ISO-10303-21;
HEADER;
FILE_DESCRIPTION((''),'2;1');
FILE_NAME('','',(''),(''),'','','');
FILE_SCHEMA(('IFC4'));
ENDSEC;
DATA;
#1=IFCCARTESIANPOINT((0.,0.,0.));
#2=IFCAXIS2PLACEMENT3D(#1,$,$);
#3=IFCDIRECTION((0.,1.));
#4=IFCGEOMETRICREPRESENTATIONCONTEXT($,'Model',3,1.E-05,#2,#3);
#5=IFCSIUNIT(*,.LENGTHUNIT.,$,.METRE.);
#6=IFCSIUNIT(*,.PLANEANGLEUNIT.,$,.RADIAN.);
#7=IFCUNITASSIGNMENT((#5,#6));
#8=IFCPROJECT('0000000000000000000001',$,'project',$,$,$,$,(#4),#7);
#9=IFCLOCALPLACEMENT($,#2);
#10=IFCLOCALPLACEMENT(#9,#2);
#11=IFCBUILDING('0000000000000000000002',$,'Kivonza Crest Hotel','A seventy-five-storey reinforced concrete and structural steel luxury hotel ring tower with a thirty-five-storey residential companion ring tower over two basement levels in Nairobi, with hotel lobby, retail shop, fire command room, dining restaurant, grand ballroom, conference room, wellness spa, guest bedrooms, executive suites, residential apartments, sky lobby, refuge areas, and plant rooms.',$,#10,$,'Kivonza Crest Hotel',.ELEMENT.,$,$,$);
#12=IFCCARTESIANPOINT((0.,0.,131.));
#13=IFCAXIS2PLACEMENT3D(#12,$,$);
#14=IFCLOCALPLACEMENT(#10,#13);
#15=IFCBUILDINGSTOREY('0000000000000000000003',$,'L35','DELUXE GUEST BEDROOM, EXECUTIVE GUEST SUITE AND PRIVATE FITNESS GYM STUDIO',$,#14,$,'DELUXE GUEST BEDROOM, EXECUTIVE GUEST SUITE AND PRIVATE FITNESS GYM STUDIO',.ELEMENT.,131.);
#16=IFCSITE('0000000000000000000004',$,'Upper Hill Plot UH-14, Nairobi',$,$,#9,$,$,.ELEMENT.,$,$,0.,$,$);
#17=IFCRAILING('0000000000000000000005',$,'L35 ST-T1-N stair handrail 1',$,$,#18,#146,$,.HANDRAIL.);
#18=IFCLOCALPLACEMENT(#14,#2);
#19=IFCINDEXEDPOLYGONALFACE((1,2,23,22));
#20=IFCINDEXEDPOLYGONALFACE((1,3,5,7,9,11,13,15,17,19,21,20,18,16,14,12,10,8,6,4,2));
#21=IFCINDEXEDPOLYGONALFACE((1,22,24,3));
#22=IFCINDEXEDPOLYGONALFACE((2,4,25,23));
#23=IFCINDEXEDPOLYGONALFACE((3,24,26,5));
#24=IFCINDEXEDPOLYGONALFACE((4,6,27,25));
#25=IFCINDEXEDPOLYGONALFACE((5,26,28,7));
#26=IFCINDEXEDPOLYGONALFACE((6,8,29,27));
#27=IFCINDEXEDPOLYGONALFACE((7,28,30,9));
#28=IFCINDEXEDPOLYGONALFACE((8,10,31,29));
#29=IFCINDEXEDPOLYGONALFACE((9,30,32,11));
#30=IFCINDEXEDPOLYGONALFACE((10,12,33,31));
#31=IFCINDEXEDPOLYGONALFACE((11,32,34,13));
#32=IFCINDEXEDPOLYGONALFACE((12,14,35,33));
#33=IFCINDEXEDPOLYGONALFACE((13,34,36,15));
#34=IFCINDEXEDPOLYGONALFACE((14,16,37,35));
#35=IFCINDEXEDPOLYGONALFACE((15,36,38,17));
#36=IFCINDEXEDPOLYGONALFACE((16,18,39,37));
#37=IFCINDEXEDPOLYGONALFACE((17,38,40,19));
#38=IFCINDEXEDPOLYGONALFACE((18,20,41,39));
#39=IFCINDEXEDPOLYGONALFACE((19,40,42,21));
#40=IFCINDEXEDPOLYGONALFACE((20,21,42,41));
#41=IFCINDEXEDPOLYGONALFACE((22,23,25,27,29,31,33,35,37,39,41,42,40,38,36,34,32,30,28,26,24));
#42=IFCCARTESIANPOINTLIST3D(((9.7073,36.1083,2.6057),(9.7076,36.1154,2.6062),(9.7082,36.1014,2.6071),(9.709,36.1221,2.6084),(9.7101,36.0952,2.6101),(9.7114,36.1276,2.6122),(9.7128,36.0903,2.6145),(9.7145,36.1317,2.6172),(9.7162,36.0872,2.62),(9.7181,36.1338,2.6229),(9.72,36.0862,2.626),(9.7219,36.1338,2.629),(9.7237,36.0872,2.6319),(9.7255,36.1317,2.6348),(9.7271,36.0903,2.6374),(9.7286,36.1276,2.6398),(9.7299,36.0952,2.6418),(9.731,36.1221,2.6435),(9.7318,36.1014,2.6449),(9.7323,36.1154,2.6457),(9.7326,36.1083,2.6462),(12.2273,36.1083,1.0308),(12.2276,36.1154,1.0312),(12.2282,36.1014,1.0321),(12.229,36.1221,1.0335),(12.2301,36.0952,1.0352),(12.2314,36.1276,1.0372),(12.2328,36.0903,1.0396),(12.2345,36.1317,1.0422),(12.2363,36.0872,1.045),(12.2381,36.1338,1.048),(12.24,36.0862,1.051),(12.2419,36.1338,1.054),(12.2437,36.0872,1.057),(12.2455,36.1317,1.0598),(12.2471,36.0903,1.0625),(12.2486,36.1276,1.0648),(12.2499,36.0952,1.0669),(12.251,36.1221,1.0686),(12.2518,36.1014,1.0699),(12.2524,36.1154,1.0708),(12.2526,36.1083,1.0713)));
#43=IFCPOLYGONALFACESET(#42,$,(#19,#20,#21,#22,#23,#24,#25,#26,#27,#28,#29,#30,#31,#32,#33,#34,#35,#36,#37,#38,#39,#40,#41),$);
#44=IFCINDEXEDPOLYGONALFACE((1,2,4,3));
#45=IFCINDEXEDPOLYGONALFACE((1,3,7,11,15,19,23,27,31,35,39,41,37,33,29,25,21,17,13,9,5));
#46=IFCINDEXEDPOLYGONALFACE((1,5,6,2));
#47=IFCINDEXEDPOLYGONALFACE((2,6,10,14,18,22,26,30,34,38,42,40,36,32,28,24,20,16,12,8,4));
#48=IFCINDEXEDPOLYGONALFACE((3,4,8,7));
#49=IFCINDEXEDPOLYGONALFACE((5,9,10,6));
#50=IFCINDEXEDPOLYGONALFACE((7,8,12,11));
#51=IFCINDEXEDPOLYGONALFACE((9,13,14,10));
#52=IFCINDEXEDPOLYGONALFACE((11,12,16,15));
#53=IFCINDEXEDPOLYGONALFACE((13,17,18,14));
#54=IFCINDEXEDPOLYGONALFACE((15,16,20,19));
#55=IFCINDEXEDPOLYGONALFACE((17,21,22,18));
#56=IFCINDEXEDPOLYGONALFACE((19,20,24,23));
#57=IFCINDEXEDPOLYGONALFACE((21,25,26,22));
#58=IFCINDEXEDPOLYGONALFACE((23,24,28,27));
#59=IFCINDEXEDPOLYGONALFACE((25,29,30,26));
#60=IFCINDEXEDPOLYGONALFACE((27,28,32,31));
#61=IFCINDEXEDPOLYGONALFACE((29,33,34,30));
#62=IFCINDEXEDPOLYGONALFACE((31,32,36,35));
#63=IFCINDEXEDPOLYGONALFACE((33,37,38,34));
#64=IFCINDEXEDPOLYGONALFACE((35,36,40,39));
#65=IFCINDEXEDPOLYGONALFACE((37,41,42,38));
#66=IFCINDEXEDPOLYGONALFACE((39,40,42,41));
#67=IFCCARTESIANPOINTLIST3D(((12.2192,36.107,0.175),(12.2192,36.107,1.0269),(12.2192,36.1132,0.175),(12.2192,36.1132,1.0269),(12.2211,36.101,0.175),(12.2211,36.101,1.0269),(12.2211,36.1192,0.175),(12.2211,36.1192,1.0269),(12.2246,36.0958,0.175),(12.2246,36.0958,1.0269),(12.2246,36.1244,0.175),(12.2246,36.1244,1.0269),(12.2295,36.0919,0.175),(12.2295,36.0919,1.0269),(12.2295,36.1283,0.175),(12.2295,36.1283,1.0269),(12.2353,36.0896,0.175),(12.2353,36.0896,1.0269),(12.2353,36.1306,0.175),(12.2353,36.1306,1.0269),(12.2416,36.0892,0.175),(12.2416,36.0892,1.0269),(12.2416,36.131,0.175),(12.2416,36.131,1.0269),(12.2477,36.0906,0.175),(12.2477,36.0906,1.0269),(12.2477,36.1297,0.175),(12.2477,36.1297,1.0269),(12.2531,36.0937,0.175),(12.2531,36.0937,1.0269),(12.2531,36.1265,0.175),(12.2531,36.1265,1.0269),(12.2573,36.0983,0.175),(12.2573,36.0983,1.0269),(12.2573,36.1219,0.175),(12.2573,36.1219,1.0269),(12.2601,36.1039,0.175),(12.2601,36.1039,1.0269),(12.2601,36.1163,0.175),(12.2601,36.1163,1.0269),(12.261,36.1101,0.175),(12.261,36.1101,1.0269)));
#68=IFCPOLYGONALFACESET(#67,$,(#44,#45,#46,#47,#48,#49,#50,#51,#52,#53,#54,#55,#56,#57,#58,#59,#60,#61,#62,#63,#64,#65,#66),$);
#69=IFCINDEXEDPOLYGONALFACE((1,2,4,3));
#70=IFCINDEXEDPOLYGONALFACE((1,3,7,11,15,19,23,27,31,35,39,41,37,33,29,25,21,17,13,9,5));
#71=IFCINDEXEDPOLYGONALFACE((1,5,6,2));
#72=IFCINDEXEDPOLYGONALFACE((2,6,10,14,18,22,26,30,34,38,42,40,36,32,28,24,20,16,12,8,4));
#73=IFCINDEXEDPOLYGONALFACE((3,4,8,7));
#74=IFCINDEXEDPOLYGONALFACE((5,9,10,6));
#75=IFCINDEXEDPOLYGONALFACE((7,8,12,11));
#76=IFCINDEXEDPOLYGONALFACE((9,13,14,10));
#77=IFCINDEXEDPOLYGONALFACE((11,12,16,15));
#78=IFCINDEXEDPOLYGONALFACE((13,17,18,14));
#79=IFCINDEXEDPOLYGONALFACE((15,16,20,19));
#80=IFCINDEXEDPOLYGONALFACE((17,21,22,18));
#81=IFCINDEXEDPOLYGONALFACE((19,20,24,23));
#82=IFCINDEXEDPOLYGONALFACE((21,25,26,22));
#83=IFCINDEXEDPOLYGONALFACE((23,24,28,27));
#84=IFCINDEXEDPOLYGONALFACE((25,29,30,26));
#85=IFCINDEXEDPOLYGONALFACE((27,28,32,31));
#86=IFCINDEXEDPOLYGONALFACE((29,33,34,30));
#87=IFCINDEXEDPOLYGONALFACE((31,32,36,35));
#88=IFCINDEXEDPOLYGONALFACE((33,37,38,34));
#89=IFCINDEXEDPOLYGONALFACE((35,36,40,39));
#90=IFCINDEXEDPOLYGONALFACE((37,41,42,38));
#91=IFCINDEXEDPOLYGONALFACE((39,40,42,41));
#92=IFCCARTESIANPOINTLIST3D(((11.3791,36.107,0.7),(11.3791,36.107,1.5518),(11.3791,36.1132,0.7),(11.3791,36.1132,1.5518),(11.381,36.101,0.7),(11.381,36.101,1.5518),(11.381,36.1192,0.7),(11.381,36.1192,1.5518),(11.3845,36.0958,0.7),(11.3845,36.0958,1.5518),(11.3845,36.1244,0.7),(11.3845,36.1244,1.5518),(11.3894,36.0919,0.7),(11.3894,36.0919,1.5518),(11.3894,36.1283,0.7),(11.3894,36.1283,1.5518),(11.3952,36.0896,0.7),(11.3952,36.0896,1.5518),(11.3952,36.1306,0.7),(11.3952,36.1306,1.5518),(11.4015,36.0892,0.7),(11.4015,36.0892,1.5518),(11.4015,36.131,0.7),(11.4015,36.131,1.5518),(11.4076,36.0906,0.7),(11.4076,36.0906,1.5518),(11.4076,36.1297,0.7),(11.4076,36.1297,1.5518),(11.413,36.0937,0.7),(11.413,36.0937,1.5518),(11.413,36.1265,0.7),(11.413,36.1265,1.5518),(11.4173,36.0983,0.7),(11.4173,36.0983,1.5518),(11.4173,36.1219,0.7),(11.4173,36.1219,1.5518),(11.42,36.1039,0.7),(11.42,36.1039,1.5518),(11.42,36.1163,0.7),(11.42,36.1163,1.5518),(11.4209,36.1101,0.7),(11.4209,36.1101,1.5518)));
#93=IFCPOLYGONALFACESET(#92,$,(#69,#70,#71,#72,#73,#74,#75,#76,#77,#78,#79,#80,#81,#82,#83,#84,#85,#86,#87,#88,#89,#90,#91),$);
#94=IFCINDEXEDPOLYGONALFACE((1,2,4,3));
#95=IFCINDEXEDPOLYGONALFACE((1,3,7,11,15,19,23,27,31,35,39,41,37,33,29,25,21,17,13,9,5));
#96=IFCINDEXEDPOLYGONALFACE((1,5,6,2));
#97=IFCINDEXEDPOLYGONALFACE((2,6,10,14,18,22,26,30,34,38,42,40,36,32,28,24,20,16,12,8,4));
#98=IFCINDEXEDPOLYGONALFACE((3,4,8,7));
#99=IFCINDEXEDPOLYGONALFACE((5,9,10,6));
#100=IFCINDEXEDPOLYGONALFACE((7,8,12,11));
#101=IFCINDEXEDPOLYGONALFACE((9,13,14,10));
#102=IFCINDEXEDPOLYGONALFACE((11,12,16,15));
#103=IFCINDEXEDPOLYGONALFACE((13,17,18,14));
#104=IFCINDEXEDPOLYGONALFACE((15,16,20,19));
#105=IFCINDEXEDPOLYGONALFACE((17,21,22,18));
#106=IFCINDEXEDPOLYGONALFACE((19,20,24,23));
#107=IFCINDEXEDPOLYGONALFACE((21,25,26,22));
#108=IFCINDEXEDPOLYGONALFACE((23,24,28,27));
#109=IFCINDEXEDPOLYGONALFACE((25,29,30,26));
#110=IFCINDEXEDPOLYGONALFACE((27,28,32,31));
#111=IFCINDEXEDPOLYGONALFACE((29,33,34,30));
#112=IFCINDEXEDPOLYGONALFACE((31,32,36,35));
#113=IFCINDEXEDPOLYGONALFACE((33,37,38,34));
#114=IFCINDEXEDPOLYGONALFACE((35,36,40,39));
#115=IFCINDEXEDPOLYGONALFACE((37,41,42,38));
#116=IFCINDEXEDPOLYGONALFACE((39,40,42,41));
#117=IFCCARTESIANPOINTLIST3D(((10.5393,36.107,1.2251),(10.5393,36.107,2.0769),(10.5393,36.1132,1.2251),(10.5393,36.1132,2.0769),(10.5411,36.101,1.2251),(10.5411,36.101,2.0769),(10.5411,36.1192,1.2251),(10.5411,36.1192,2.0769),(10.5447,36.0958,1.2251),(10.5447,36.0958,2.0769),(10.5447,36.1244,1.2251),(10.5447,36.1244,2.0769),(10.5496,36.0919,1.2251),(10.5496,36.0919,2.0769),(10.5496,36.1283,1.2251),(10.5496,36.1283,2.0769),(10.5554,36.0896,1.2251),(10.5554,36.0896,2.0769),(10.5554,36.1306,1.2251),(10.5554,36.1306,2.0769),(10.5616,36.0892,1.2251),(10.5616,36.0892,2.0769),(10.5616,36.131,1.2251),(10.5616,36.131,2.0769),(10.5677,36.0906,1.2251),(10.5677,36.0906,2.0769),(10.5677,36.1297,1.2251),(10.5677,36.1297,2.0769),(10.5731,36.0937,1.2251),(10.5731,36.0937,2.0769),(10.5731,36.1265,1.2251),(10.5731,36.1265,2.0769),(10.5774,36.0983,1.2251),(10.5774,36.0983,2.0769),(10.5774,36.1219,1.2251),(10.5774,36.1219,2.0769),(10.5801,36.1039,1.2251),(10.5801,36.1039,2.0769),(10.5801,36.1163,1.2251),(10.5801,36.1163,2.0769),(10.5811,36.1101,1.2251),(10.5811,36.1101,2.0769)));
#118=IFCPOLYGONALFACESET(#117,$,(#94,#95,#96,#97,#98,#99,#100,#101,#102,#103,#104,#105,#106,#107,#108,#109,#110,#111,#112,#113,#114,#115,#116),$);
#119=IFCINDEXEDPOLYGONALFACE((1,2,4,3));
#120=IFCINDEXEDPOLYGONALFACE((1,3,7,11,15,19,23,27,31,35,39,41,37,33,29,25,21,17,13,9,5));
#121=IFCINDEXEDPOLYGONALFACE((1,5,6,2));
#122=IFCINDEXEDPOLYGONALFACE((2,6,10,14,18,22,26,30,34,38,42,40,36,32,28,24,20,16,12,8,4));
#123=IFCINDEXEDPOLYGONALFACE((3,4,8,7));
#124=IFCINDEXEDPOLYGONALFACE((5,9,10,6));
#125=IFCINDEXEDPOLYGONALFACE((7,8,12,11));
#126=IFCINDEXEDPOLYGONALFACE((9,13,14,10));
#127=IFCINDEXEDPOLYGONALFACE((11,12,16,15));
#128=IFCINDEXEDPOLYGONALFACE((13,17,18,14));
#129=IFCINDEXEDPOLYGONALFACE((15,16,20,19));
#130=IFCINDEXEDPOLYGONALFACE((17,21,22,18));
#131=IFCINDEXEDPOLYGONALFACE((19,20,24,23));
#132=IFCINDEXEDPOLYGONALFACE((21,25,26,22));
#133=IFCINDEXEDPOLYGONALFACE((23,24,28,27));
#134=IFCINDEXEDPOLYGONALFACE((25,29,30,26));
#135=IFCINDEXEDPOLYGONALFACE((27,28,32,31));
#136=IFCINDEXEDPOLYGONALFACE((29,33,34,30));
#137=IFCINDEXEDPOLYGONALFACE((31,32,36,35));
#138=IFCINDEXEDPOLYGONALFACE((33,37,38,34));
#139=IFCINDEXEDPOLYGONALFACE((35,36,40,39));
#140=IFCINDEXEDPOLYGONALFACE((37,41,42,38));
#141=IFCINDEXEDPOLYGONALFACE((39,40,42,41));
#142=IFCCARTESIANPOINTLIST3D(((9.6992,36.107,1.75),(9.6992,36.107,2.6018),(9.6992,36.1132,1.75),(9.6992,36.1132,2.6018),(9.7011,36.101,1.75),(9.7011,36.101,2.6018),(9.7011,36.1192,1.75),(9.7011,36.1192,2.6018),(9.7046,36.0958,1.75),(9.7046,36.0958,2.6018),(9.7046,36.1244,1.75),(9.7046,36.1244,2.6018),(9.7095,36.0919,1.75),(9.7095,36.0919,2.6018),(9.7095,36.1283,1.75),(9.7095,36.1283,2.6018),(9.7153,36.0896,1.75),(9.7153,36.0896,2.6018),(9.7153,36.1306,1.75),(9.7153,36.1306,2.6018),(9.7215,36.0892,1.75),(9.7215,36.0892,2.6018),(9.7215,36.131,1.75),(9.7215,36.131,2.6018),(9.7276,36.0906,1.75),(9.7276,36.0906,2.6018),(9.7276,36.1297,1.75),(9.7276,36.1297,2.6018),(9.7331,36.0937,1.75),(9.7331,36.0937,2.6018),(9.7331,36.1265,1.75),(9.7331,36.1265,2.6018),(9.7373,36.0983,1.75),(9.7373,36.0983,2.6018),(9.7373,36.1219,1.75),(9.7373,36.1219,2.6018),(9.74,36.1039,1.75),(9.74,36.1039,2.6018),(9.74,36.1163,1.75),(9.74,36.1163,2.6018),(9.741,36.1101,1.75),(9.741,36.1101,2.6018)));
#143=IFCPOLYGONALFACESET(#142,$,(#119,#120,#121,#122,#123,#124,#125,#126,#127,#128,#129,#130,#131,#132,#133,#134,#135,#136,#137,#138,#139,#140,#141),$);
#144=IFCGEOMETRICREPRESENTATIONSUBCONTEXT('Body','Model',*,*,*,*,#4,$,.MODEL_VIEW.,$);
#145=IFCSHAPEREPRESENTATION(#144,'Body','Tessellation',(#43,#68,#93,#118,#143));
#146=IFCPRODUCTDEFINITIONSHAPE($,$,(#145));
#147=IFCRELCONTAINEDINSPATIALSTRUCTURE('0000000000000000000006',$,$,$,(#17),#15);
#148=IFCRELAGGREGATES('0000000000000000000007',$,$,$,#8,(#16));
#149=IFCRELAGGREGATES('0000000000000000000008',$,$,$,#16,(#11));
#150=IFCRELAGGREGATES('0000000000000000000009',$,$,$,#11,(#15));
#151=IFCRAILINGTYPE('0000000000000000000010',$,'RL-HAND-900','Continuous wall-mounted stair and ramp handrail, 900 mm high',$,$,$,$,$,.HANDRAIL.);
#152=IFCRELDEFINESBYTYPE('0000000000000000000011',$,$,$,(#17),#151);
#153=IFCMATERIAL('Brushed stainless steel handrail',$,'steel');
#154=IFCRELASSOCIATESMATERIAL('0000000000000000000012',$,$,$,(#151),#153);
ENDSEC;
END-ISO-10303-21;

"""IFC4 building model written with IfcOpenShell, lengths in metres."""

from ifc_helpers import new_model, si_unit, direction, frame, origin, origin_2d, place, context, subcontext, project, spatial, circle, extrude, material, type_object, element, save


model = new_model("IFC4")

# Units and contexts
model_context = context("Model", 3, precision=1e-05, world=origin(), true_north=direction((0.0, 1.0)))
body_context = subcontext(model_context, "Body", "Model", "MODEL_VIEW")
ifc_project = project(units=[si_unit("LENGTHUNIT", "METRE"), si_unit("PLANEANGLEUNIT", "RADIAN")], contexts=[model_context])

# Site, building, storey
site_placement = place(None, origin())
site = spatial("IfcSite", under=ifc_project, at=site_placement, Name="Upper Hill Plot UH-14, Nairobi", CompositionType="ELEMENT", RefElevation=0.0)
building_placement = place(site_placement, origin())
building = spatial("IfcBuilding", under=site, at=building_placement, Name="Kivonza Crest Hotel", Description="A seventy-five-storey reinforced concrete and structural steel luxury hotel ring tower with a thirty-five-storey residential companion ring tower over two basement levels in Nairobi, with hotel lobby, retail shop, fire command room, dining restaurant, grand ballroom, conference room, wellness spa, guest bedrooms, executive suites, residential apartments, sky lobby, refuge areas, and plant rooms.", LongName="Kivonza Crest Hotel", CompositionType="ELEMENT")
storey_placement = place(building_placement, frame((0.0, 0.0, 131.0)))
storey = spatial("IfcBuildingStorey", under=building, at=storey_placement, Name="L35", Description="DELUXE GUEST BEDROOM, EXECUTIVE GUEST SUITE AND PRIVATE FITNESS GYM STUDIO", LongName="DELUXE GUEST BEDROOM, EXECUTIVE GUEST SUITE AND PRIVATE FITNESS GYM STUDIO", CompositionType="ELEMENT", Elevation=131.0)

# Railing
ifc_material_1 = material(Name="Brushed stainless steel handrail", Category="steel")
railing_type_1 = type_object("IfcRailingType", Name="RL-HAND-900", Description="Continuous wall-mounted stair and ramp handrail, 900 mm high", PredefinedType="HANDRAIL", material=ifc_material_1)
railing_1_placement = place(storey_placement, frame((12.24, 36.1101, 0.175)))
element("IfcRailing", 1, at=railing_1_placement, inside=storey, type_object=railing_type_1, Name="L35 ST-T1-N stair handrail 1", PredefinedType="HANDRAIL", context=body_context, shape_type="SweptSolid", body=[
    extrude(circle(Radius=0.0239, at=origin_2d()), frame((0.0, 0.0, 0.876), z_axis=(-0.848008, 0.0, 0.529984), x_axis=(0.0, -1.0, 0.0)), (0.0, 0.0, 1.0), 2.9717),
    extrude(circle(Radius=0.021, at=origin_2d()), origin(), (0.0, 0.0, 1.0), 0.8518),
    extrude(circle(Radius=0.021, at=origin_2d()), frame((-0.8401, 0.0, 0.5249)), (0.0, 0.0, 1.0), 0.8518),
    extrude(circle(Radius=0.021, at=origin_2d()), frame((-1.6799, 0.0, 1.05)), (0.0, 0.0, 1.0), 0.8518),
    extrude(circle(Radius=0.021, at=origin_2d()), frame((-2.52, 0.0, 1.575)), (0.0, 0.0, 1.0), 0.8518),
])

save(model, "model.ifc")
